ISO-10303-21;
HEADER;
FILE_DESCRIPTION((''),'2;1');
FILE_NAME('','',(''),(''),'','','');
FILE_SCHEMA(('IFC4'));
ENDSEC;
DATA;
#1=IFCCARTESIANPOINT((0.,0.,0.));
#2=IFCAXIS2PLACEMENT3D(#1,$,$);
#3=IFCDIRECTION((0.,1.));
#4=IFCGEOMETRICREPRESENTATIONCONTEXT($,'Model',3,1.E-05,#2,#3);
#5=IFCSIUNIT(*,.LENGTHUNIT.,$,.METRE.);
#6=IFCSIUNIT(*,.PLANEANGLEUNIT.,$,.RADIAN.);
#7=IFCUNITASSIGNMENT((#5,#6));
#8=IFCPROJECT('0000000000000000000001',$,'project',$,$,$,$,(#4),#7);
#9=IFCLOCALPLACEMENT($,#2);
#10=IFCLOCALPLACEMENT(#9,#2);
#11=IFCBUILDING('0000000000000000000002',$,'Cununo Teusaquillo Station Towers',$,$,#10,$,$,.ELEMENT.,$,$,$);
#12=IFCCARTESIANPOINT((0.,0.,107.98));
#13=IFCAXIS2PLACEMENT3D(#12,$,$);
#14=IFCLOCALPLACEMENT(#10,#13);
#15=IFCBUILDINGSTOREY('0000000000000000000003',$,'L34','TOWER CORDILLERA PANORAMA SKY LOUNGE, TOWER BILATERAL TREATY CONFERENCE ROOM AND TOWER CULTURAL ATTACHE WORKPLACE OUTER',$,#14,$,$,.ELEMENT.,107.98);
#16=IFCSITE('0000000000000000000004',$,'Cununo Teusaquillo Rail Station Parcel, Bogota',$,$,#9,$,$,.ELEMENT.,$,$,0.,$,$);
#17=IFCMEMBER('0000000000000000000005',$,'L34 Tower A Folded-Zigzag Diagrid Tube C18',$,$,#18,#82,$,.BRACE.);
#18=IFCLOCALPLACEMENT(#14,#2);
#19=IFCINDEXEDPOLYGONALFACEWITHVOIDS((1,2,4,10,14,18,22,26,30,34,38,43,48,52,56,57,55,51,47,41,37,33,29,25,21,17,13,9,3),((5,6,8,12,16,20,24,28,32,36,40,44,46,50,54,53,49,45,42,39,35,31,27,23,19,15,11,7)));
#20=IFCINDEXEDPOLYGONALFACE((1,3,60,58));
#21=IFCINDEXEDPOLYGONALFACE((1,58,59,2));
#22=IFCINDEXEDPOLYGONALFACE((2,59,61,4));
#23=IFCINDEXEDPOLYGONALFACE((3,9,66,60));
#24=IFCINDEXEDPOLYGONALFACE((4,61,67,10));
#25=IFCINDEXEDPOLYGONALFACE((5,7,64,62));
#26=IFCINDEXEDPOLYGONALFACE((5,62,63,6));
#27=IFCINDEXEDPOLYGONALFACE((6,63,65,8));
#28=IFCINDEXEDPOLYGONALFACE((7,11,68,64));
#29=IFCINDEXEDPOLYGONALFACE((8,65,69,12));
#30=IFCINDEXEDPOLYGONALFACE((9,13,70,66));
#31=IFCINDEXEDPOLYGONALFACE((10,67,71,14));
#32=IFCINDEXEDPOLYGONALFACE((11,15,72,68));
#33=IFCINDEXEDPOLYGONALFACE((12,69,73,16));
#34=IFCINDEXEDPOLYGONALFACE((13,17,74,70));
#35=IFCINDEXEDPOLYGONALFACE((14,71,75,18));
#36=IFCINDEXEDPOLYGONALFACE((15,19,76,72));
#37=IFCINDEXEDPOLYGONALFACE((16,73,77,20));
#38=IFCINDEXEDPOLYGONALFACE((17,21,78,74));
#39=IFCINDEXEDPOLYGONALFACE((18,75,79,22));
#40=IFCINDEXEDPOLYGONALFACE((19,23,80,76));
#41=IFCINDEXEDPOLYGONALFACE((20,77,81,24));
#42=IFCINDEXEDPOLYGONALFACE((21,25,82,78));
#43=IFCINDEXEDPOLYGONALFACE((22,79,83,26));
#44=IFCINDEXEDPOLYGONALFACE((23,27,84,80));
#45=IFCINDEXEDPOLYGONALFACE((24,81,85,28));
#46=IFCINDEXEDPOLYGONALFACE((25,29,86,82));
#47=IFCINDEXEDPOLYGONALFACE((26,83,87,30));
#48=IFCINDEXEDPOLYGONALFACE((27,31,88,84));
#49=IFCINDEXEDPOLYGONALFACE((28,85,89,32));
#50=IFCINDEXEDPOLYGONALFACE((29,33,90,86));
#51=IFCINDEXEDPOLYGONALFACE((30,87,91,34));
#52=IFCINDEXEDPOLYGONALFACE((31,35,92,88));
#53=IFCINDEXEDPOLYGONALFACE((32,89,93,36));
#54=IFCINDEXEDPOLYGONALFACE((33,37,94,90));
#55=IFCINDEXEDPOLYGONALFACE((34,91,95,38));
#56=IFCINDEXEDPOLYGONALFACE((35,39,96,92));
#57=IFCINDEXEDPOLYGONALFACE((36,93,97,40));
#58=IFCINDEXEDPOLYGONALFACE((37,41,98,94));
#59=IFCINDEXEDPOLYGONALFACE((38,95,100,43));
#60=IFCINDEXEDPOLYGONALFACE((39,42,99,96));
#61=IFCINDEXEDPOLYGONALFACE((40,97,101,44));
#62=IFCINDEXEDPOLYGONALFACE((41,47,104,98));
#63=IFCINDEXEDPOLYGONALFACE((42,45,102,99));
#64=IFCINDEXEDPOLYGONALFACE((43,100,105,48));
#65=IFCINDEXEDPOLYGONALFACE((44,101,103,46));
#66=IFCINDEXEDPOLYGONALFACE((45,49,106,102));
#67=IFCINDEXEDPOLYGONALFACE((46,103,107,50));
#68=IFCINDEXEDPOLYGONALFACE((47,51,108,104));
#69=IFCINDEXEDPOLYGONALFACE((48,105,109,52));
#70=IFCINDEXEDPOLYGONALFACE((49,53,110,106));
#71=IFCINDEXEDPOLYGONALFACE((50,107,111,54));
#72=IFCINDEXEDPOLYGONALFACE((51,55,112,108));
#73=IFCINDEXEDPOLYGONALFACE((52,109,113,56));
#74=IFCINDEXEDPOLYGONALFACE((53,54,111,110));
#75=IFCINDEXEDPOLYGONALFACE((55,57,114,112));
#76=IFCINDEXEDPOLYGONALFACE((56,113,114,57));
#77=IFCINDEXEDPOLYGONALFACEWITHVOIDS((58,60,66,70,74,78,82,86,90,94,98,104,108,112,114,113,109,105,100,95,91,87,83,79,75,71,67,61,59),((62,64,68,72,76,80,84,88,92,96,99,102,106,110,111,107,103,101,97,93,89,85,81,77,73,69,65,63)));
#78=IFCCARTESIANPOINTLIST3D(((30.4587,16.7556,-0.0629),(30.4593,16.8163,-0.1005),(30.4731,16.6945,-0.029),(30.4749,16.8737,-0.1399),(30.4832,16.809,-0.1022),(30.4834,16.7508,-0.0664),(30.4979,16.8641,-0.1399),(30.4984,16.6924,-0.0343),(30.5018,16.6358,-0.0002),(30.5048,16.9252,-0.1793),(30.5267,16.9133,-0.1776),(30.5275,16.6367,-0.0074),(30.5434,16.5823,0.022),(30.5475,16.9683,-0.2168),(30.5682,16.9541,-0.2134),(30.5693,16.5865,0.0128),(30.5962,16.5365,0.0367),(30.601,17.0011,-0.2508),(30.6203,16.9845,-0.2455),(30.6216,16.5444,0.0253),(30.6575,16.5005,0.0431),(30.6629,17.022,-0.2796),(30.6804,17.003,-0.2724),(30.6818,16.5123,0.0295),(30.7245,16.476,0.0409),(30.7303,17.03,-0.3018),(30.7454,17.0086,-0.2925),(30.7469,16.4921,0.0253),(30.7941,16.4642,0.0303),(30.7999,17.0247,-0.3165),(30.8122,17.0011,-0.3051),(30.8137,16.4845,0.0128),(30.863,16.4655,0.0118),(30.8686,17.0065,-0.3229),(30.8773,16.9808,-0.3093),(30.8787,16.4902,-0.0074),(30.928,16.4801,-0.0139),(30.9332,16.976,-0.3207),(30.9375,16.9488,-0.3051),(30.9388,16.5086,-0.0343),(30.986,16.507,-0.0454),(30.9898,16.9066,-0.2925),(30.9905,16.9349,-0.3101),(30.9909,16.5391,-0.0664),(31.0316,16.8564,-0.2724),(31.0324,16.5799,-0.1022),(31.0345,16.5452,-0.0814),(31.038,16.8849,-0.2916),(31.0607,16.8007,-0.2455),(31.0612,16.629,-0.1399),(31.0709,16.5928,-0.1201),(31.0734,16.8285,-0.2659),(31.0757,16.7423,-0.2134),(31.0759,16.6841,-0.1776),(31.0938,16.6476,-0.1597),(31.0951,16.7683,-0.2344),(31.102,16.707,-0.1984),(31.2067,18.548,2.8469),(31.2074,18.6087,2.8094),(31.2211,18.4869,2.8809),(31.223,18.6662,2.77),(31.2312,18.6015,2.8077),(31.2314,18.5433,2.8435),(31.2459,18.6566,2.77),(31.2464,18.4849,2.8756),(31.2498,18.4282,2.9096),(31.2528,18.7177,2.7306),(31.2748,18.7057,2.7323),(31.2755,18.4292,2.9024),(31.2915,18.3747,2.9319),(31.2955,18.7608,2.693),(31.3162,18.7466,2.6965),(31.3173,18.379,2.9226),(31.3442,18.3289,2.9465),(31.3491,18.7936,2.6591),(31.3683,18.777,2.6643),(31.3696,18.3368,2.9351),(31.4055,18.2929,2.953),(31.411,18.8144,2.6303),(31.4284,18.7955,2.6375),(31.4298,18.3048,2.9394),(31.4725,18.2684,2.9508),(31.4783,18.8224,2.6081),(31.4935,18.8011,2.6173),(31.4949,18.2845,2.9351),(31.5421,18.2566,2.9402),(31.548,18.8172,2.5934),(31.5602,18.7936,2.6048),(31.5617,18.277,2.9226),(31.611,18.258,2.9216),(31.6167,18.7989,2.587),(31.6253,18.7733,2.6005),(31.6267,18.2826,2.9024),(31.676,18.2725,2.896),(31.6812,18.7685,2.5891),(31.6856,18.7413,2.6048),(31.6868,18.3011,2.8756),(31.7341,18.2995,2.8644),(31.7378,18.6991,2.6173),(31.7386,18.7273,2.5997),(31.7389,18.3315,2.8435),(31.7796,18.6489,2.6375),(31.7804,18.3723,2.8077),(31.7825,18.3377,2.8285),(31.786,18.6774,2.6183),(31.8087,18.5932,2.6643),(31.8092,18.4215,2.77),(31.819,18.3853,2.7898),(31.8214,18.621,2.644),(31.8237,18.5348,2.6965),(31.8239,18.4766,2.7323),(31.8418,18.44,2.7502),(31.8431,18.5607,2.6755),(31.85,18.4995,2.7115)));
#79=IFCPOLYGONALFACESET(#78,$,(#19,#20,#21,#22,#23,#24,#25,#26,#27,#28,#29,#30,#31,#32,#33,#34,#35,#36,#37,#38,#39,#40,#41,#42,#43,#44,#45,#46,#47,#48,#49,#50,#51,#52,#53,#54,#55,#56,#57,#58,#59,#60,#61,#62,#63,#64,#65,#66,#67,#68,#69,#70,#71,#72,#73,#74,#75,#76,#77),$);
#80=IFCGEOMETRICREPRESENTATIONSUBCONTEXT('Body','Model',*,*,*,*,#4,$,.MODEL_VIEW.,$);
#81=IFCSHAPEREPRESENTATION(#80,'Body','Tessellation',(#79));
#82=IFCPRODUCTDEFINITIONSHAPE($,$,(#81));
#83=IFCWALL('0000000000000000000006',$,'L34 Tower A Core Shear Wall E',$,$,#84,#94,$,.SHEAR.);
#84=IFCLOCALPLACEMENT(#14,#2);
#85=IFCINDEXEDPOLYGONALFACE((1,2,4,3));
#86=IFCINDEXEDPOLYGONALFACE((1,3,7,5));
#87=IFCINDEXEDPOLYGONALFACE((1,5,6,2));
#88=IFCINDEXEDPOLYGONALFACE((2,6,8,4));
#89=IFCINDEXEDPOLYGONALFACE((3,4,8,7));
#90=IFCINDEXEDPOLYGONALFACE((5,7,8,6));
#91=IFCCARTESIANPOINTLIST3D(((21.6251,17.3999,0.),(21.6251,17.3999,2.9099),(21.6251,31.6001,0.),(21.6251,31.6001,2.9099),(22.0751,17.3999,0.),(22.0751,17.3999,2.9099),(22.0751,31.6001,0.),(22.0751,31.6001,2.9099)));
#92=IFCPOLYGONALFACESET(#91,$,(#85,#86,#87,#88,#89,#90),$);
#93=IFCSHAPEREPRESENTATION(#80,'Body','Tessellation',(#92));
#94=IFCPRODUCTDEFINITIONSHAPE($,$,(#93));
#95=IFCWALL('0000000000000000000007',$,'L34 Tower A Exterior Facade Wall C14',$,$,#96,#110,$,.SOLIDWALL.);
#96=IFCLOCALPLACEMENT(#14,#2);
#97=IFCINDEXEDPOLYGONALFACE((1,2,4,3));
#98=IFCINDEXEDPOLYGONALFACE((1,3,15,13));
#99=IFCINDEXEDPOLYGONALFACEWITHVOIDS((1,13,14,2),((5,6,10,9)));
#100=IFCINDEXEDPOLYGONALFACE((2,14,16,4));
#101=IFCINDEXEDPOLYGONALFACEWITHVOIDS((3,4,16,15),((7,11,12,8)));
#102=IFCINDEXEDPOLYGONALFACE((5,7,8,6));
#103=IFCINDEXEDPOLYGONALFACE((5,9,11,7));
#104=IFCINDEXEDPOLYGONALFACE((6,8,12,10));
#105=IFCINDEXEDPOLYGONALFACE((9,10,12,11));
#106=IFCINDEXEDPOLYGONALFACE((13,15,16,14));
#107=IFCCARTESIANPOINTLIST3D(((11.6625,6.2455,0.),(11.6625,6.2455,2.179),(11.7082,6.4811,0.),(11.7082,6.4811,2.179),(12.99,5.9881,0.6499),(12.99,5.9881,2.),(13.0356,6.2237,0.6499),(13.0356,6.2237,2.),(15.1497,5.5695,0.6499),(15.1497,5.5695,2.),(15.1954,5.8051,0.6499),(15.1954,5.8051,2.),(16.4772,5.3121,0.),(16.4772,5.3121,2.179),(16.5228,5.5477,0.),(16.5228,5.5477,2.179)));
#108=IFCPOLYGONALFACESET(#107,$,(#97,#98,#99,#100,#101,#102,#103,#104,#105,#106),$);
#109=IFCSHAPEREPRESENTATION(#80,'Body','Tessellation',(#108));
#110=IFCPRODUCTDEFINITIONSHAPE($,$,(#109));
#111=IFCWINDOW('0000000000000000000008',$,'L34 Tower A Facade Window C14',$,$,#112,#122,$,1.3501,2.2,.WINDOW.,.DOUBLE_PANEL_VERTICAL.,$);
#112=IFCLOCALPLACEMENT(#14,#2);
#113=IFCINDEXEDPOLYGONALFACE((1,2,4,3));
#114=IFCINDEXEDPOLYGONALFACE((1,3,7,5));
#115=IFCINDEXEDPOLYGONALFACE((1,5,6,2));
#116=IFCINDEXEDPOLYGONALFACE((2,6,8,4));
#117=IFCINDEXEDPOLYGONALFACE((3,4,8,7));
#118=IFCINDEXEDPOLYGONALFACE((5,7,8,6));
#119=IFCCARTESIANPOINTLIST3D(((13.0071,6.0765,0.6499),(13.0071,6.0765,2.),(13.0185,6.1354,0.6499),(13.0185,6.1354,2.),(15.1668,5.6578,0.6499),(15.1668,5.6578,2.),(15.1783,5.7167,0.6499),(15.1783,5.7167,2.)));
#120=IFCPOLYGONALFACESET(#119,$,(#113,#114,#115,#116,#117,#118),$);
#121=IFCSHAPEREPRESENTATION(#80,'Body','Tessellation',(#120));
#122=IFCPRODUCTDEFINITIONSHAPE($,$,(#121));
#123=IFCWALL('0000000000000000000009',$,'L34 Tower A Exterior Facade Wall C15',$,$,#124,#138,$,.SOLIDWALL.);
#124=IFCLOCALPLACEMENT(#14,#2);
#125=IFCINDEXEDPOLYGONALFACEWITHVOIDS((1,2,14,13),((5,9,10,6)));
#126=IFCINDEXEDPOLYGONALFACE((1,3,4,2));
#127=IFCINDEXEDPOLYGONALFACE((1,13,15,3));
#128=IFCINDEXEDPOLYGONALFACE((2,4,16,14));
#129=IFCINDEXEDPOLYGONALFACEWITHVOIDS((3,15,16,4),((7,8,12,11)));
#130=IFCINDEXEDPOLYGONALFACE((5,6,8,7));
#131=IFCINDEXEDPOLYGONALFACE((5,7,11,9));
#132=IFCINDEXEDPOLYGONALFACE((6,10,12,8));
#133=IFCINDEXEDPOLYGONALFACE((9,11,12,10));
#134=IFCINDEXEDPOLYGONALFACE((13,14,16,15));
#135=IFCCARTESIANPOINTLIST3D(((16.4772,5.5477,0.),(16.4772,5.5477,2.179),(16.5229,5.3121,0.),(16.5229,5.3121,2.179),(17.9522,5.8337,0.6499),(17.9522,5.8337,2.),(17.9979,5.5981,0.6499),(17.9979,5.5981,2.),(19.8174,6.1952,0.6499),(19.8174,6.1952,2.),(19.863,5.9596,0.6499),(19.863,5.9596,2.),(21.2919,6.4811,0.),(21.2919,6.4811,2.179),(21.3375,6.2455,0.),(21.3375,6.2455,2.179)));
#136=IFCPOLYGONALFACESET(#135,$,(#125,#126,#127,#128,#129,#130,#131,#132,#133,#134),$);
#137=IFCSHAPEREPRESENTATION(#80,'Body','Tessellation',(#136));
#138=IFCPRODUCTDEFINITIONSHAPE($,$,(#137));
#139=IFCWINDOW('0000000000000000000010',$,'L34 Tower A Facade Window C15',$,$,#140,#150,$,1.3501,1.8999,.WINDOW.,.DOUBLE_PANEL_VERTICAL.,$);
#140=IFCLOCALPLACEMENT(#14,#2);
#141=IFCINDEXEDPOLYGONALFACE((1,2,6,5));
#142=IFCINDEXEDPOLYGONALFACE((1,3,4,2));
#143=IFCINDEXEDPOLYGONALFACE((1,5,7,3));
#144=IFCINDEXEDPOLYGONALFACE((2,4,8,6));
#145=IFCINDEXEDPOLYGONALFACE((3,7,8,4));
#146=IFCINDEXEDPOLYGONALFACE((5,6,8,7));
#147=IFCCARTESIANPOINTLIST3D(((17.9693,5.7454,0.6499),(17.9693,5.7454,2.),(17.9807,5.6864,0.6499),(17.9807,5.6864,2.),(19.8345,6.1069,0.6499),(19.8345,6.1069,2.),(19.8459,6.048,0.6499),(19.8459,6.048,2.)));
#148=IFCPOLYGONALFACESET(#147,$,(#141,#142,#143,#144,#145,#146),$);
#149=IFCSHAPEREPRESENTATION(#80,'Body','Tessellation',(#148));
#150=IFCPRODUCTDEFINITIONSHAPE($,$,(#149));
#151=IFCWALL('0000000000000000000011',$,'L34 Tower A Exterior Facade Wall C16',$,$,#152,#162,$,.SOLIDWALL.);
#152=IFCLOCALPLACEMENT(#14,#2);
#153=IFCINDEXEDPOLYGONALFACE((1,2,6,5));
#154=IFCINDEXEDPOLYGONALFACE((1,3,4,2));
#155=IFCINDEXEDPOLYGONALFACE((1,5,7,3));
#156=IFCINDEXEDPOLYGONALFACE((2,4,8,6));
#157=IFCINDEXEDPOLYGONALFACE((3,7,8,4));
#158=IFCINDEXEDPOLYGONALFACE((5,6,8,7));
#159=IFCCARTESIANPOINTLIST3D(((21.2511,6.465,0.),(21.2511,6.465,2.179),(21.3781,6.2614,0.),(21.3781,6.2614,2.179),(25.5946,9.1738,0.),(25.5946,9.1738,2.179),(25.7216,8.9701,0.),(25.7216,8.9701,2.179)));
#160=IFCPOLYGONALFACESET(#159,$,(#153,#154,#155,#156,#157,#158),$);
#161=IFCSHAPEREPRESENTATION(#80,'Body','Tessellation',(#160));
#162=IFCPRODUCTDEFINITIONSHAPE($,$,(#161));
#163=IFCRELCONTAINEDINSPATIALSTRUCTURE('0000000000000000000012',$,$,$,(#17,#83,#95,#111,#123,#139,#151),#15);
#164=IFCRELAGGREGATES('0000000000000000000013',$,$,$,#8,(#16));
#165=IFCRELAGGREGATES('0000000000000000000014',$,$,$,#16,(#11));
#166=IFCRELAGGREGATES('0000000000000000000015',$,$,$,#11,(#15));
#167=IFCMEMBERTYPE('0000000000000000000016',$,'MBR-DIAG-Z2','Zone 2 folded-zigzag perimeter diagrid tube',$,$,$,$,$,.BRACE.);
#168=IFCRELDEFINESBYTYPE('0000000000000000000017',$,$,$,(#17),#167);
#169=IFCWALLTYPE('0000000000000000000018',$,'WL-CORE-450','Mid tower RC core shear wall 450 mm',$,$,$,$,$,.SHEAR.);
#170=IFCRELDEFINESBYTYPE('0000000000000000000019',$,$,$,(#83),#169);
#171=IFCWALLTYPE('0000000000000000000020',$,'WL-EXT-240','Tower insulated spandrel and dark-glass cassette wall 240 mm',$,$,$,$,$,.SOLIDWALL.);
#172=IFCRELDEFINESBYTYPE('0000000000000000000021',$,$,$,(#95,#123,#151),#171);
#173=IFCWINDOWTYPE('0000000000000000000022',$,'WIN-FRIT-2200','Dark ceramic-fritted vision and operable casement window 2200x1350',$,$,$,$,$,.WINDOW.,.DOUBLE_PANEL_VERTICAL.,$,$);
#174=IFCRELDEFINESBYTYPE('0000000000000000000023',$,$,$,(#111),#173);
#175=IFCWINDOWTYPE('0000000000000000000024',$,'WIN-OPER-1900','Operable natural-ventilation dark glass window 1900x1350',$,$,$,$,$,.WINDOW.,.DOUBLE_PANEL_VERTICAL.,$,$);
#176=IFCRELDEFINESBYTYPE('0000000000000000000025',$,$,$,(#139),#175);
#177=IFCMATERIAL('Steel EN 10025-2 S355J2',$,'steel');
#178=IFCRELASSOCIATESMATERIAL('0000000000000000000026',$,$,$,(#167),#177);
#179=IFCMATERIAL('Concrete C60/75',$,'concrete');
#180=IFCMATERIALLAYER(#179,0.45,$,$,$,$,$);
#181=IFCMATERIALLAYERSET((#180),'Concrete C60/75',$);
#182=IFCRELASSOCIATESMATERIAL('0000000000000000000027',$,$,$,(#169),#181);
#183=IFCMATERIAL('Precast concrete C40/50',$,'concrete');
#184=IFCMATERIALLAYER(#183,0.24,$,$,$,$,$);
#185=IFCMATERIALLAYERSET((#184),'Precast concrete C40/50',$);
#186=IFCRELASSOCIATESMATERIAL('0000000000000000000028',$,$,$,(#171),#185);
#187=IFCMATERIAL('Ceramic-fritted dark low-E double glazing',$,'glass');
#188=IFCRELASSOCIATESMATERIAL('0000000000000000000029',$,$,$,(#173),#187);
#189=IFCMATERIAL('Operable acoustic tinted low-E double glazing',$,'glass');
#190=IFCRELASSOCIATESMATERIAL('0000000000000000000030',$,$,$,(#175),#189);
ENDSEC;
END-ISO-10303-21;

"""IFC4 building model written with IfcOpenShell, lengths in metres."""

from ifc_helpers import new_model, si_unit, direction, frame, frame_2d, origin, origin_2d, place, context, subcontext, project, spatial, rectangle, hollow_circle, extrude, source, transform, mapped, material, layer, layer_set, material_profile, profile_set, type_object, element, fill, save


model = new_model("IFC4")

# Units and contexts
model_context = context("Model", 3, precision=1e-05, world=origin(), true_north=direction((0.0, 1.0)))
body_context = subcontext(model_context, "Body", "Model", "MODEL_VIEW")
ifc_project = project(units=[si_unit("LENGTHUNIT", "METRE"), si_unit("PLANEANGLEUNIT", "RADIAN")], contexts=[model_context])

# Site, building, storey
site_placement = place(None, origin())
site = spatial("IfcSite", under=ifc_project, at=site_placement, Name="Cununo Teusaquillo Rail Station Parcel, Bogota", CompositionType="ELEMENT", RefElevation=0.0)
building_placement = place(site_placement, origin())
building = spatial("IfcBuilding", under=site, at=building_placement, Name="Cununo Teusaquillo Station Towers", CompositionType="ELEMENT")
storey_placement = place(building_placement, frame((0.0, 0.0, 107.98)))
storey = spatial("IfcBuildingStorey", under=building, at=storey_placement, Name="L34", Description="TOWER CORDILLERA PANORAMA SKY LOUNGE, TOWER BILATERAL TREATY CONFERENCE ROOM AND TOWER CULTURAL ATTACHE WORKPLACE OUTER", CompositionType="ELEMENT", Elevation=107.98)

# Member
ifc_material_1 = material(Name="Steel EN 10025-2 S355J2", Category="steel")
ifc_material_profile_1 = material_profile(ifc_material_1, hollow_circle(Radius=0.3301, WallThickness=0.0249, at=origin_2d()), Name="CHS 660x25")
ifc_profile_set_1 = profile_set([ifc_material_profile_1], Name="Steel EN 10025-2 S355J2")
member_type = type_object("IfcMemberType", Name="MBR-DIAG-Z2", Description="Zone 2 folded-zigzag perimeter diagrid tube", PredefinedType="BRACE", material=ifc_profile_set_1)
member_1_placement = place(storey_placement, frame((30.7795, 16.7466, -0.1399), z_axis=(0.213814, 0.512343, 0.831738), x_axis=(-0.922861, 0.385133, 0.0)))
element("IfcMember", 1, at=member_1_placement, inside=storey, type_object=member_type, Name="L34 Tower A Folded-Zigzag Diagrid Tube C18", PredefinedType="BRACE", context=body_context, shape_type="SweptSolid", body=[
    extrude(hollow_circle(Radius=0.3301, WallThickness=0.0249, at=origin_2d()), origin(), (0.0, 0.0, 1.0), 3.4985),
])

# Wall
ifc_material_2 = material(Name="Concrete C60/75", Category="concrete")
ifc_layer_1 = layer(ifc_material_2, 0.45)
ifc_layer_set_1 = layer_set([ifc_layer_1], Name="Concrete C60/75")
wall_type_1 = type_object("IfcWallType", Name="WL-CORE-450", Description="Mid tower RC core shear wall 450 mm", PredefinedType="SHEAR", material=ifc_layer_set_1)
wall_1_placement = place(storey_placement, frame((21.8501, 17.3999, 0.0), z_axis=(0.0, 0.0, 1.0), x_axis=(0.0, 1.0, 0.0)))
element("IfcWall", 2, at=wall_1_placement, inside=storey, type_object=wall_type_1, Name="L34 Tower A Core Shear Wall E", PredefinedType="SHEAR", context=body_context, shape_type="SweptSolid", body=[
    extrude(rectangle(XDim=14.2002, YDim=0.45, at=frame_2d((7.1001, 0.0))), origin(), (0.0, 0.0, 1.0), 2.9099),
])

# Walls, openings, windows
ifc_material_3 = material(Name="Precast concrete C40/50", Category="concrete")
ifc_layer_2 = layer(ifc_material_3, 0.24)
ifc_layer_set_2 = layer_set([ifc_layer_2], Name="Precast concrete C40/50")
wall_type_2 = type_object("IfcWallType", Name="WL-EXT-240", Description="Tower insulated spandrel and dark-glass cassette wall 240 mm", PredefinedType="SOLIDWALL", material=ifc_layer_set_2)
wall_2_placement = place(storey_placement, frame((16.5, 5.4299, 0.0), z_axis=(0.0, 0.0, 1.0), x_axis=(-0.981724, 0.190311, 0.0)))
wall_2 = element("IfcWall", 3, at=wall_2_placement, inside=storey, type_object=wall_type_2, Name="L34 Tower A Exterior Facade Wall C14", PredefinedType="SOLIDWALL", context=body_context, shape_type="SweptSolid", body=[
    extrude(rectangle(XDim=4.9043, YDim=0.24, at=frame_2d((2.4521, 0.0))), origin(), (0.0, 0.0, 1.0), 2.179),
])
shared_shape_1 = source(origin(), body_context, "Body", "SweptSolid", [
    extrude(rectangle(XDim=2.2, YDim=1.3501, at=frame_2d((1.1001, 0.675))), frame((0.0, 0.1299, 0.0), z_axis=(0.0, -1.0, 0.0), x_axis=(1.0, 0.0, 0.0)), (0.0, 0.0, 1.0), 0.26),
])
opening_1_placement = place(wall_2_placement, frame((1.3521, 0.0, 0.6499)))
opening_1 = element("IfcOpeningElement", 4, at=opening_1_placement, cuts=wall_2, PredefinedType="OPENING", context=body_context, shape_type="MappedRepresentation", body=[
    mapped(shared_shape_1, transform((0.0, 0.0, 0.0), x_axis=(1.0, 0.0, 0.0), y_axis=(0.0, 1.0, 0.0), z_axis=(0.0, 0.0, 1.0), scale=1.0)),
])
ifc_material_4 = material(Name="Ceramic-fritted dark low-E double glazing", Category="glass")
window_type_1 = type_object("IfcWindowType", Name="WIN-FRIT-2200", Description="Dark ceramic-fritted vision and operable casement window 2200x1350", PartitioningType="DOUBLE_PANEL_VERTICAL", PredefinedType="WINDOW", material=ifc_material_4)
shared_shape_2 = source(origin(), body_context, "Body", "SweptSolid", [
    extrude(rectangle(XDim=2.2, YDim=1.3501, at=frame_2d((1.1001, 0.675))), frame((0.0, 0.03, 0.0), z_axis=(0.0, -1.0, 0.0), x_axis=(1.0, 0.0, 0.0)), (0.0, 0.0, 1.0), 0.0601),
])
window_1_placement = place(opening_1_placement, origin())
window_1 = element("IfcWindow", 5, at=window_1_placement, inside=storey, type_object=window_type_1, Name="L34 Tower A Facade Window C14", OverallHeight=1.3501, OverallWidth=2.2, PartitioningType="DOUBLE_PANEL_VERTICAL", PredefinedType="WINDOW", context=body_context, shape_type="MappedRepresentation", body=[
    mapped(shared_shape_2, transform((0.0, 0.0, 0.0), x_axis=(1.0, 0.0, 0.0), y_axis=(0.0, 1.0, 0.0), z_axis=(0.0, 0.0, 1.0), scale=1.0)),
])
fill(opening_1, window_1)
wall_3_placement = place(storey_placement, frame((21.3147, 6.3633, 0.0), z_axis=(0.0, 0.0, 1.0), x_axis=(-0.981724, -0.190311, 0.0)))
wall_3 = element("IfcWall", 6, at=wall_3_placement, inside=storey, type_object=wall_type_2, Name="L34 Tower A Exterior Facade Wall C15", PredefinedType="SOLIDWALL", context=body_context, shape_type="SweptSolid", body=[
    extrude(rectangle(XDim=4.9043, YDim=0.24, at=frame_2d((2.4521, 0.0))), origin(), (0.0, 0.0, 1.0), 2.179),
])
shared_shape_3 = source(origin(), body_context, "Body", "SweptSolid", [
    extrude(rectangle(XDim=1.8999, YDim=1.3501, at=frame_2d((0.95, 0.675))), frame((0.0, 0.1299, 0.0), z_axis=(0.0, -1.0, 0.0), x_axis=(1.0, 0.0, 0.0)), (0.0, 0.0, 1.0), 0.26),
])
opening_2_placement = place(wall_3_placement, frame((1.502, 0.0, 0.6499)))
opening_2 = element("IfcOpeningElement", 7, at=opening_2_placement, cuts=wall_3, PredefinedType="OPENING", context=body_context, shape_type="MappedRepresentation", body=[
    mapped(shared_shape_3, transform((0.0, 0.0, 0.0), x_axis=(1.0, 0.0, 0.0), y_axis=(0.0, 1.0, 0.0), z_axis=(0.0, 0.0, 1.0), scale=1.0)),
])
ifc_material_5 = material(Name="Operable acoustic tinted low-E double glazing", Category="glass")
window_type_2 = type_object("IfcWindowType", Name="WIN-OPER-1900", Description="Operable natural-ventilation dark glass window 1900x1350", PartitioningType="DOUBLE_PANEL_VERTICAL", PredefinedType="WINDOW", material=ifc_material_5)
shared_shape_4 = source(origin(), body_context, "Body", "SweptSolid", [
    extrude(rectangle(XDim=1.8999, YDim=1.3501, at=frame_2d((0.95, 0.675))), frame((0.0, 0.03, 0.0), z_axis=(0.0, -1.0, 0.0), x_axis=(1.0, 0.0, 0.0)), (0.0, 0.0, 1.0), 0.0601),
])
window_2_placement = place(opening_2_placement, origin())
window_2 = element("IfcWindow", 8, at=window_2_placement, inside=storey, type_object=window_type_2, Name="L34 Tower A Facade Window C15", OverallHeight=1.3501, OverallWidth=1.8999, PartitioningType="DOUBLE_PANEL_VERTICAL", PredefinedType="WINDOW", context=body_context, shape_type="MappedRepresentation", body=[
    mapped(shared_shape_4, transform((0.0, 0.0, 0.0), x_axis=(1.0, 0.0, 0.0), y_axis=(0.0, 1.0, 0.0), z_axis=(0.0, 0.0, 1.0), scale=1.0)),
])
fill(opening_2, window_2)

# Wall
wall_4_placement = place(storey_placement, frame((25.6582, 9.072, 0.0), z_axis=(0.0, 0.0, 1.0), x_axis=(-0.84852, -0.529163, 0.0)))
element("IfcWall", 9, at=wall_4_placement, inside=storey, type_object=wall_type_2, Name="L34 Tower A Exterior Facade Wall C16", PredefinedType="SOLIDWALL", context=body_context, shape_type="SweptSolid", body=[
    extrude(rectangle(XDim=5.1189, YDim=0.24, at=frame_2d((2.5596, 0.0))), origin(), (0.0, 0.0, 1.0), 2.179),
])

save(model, "model.ifc")
